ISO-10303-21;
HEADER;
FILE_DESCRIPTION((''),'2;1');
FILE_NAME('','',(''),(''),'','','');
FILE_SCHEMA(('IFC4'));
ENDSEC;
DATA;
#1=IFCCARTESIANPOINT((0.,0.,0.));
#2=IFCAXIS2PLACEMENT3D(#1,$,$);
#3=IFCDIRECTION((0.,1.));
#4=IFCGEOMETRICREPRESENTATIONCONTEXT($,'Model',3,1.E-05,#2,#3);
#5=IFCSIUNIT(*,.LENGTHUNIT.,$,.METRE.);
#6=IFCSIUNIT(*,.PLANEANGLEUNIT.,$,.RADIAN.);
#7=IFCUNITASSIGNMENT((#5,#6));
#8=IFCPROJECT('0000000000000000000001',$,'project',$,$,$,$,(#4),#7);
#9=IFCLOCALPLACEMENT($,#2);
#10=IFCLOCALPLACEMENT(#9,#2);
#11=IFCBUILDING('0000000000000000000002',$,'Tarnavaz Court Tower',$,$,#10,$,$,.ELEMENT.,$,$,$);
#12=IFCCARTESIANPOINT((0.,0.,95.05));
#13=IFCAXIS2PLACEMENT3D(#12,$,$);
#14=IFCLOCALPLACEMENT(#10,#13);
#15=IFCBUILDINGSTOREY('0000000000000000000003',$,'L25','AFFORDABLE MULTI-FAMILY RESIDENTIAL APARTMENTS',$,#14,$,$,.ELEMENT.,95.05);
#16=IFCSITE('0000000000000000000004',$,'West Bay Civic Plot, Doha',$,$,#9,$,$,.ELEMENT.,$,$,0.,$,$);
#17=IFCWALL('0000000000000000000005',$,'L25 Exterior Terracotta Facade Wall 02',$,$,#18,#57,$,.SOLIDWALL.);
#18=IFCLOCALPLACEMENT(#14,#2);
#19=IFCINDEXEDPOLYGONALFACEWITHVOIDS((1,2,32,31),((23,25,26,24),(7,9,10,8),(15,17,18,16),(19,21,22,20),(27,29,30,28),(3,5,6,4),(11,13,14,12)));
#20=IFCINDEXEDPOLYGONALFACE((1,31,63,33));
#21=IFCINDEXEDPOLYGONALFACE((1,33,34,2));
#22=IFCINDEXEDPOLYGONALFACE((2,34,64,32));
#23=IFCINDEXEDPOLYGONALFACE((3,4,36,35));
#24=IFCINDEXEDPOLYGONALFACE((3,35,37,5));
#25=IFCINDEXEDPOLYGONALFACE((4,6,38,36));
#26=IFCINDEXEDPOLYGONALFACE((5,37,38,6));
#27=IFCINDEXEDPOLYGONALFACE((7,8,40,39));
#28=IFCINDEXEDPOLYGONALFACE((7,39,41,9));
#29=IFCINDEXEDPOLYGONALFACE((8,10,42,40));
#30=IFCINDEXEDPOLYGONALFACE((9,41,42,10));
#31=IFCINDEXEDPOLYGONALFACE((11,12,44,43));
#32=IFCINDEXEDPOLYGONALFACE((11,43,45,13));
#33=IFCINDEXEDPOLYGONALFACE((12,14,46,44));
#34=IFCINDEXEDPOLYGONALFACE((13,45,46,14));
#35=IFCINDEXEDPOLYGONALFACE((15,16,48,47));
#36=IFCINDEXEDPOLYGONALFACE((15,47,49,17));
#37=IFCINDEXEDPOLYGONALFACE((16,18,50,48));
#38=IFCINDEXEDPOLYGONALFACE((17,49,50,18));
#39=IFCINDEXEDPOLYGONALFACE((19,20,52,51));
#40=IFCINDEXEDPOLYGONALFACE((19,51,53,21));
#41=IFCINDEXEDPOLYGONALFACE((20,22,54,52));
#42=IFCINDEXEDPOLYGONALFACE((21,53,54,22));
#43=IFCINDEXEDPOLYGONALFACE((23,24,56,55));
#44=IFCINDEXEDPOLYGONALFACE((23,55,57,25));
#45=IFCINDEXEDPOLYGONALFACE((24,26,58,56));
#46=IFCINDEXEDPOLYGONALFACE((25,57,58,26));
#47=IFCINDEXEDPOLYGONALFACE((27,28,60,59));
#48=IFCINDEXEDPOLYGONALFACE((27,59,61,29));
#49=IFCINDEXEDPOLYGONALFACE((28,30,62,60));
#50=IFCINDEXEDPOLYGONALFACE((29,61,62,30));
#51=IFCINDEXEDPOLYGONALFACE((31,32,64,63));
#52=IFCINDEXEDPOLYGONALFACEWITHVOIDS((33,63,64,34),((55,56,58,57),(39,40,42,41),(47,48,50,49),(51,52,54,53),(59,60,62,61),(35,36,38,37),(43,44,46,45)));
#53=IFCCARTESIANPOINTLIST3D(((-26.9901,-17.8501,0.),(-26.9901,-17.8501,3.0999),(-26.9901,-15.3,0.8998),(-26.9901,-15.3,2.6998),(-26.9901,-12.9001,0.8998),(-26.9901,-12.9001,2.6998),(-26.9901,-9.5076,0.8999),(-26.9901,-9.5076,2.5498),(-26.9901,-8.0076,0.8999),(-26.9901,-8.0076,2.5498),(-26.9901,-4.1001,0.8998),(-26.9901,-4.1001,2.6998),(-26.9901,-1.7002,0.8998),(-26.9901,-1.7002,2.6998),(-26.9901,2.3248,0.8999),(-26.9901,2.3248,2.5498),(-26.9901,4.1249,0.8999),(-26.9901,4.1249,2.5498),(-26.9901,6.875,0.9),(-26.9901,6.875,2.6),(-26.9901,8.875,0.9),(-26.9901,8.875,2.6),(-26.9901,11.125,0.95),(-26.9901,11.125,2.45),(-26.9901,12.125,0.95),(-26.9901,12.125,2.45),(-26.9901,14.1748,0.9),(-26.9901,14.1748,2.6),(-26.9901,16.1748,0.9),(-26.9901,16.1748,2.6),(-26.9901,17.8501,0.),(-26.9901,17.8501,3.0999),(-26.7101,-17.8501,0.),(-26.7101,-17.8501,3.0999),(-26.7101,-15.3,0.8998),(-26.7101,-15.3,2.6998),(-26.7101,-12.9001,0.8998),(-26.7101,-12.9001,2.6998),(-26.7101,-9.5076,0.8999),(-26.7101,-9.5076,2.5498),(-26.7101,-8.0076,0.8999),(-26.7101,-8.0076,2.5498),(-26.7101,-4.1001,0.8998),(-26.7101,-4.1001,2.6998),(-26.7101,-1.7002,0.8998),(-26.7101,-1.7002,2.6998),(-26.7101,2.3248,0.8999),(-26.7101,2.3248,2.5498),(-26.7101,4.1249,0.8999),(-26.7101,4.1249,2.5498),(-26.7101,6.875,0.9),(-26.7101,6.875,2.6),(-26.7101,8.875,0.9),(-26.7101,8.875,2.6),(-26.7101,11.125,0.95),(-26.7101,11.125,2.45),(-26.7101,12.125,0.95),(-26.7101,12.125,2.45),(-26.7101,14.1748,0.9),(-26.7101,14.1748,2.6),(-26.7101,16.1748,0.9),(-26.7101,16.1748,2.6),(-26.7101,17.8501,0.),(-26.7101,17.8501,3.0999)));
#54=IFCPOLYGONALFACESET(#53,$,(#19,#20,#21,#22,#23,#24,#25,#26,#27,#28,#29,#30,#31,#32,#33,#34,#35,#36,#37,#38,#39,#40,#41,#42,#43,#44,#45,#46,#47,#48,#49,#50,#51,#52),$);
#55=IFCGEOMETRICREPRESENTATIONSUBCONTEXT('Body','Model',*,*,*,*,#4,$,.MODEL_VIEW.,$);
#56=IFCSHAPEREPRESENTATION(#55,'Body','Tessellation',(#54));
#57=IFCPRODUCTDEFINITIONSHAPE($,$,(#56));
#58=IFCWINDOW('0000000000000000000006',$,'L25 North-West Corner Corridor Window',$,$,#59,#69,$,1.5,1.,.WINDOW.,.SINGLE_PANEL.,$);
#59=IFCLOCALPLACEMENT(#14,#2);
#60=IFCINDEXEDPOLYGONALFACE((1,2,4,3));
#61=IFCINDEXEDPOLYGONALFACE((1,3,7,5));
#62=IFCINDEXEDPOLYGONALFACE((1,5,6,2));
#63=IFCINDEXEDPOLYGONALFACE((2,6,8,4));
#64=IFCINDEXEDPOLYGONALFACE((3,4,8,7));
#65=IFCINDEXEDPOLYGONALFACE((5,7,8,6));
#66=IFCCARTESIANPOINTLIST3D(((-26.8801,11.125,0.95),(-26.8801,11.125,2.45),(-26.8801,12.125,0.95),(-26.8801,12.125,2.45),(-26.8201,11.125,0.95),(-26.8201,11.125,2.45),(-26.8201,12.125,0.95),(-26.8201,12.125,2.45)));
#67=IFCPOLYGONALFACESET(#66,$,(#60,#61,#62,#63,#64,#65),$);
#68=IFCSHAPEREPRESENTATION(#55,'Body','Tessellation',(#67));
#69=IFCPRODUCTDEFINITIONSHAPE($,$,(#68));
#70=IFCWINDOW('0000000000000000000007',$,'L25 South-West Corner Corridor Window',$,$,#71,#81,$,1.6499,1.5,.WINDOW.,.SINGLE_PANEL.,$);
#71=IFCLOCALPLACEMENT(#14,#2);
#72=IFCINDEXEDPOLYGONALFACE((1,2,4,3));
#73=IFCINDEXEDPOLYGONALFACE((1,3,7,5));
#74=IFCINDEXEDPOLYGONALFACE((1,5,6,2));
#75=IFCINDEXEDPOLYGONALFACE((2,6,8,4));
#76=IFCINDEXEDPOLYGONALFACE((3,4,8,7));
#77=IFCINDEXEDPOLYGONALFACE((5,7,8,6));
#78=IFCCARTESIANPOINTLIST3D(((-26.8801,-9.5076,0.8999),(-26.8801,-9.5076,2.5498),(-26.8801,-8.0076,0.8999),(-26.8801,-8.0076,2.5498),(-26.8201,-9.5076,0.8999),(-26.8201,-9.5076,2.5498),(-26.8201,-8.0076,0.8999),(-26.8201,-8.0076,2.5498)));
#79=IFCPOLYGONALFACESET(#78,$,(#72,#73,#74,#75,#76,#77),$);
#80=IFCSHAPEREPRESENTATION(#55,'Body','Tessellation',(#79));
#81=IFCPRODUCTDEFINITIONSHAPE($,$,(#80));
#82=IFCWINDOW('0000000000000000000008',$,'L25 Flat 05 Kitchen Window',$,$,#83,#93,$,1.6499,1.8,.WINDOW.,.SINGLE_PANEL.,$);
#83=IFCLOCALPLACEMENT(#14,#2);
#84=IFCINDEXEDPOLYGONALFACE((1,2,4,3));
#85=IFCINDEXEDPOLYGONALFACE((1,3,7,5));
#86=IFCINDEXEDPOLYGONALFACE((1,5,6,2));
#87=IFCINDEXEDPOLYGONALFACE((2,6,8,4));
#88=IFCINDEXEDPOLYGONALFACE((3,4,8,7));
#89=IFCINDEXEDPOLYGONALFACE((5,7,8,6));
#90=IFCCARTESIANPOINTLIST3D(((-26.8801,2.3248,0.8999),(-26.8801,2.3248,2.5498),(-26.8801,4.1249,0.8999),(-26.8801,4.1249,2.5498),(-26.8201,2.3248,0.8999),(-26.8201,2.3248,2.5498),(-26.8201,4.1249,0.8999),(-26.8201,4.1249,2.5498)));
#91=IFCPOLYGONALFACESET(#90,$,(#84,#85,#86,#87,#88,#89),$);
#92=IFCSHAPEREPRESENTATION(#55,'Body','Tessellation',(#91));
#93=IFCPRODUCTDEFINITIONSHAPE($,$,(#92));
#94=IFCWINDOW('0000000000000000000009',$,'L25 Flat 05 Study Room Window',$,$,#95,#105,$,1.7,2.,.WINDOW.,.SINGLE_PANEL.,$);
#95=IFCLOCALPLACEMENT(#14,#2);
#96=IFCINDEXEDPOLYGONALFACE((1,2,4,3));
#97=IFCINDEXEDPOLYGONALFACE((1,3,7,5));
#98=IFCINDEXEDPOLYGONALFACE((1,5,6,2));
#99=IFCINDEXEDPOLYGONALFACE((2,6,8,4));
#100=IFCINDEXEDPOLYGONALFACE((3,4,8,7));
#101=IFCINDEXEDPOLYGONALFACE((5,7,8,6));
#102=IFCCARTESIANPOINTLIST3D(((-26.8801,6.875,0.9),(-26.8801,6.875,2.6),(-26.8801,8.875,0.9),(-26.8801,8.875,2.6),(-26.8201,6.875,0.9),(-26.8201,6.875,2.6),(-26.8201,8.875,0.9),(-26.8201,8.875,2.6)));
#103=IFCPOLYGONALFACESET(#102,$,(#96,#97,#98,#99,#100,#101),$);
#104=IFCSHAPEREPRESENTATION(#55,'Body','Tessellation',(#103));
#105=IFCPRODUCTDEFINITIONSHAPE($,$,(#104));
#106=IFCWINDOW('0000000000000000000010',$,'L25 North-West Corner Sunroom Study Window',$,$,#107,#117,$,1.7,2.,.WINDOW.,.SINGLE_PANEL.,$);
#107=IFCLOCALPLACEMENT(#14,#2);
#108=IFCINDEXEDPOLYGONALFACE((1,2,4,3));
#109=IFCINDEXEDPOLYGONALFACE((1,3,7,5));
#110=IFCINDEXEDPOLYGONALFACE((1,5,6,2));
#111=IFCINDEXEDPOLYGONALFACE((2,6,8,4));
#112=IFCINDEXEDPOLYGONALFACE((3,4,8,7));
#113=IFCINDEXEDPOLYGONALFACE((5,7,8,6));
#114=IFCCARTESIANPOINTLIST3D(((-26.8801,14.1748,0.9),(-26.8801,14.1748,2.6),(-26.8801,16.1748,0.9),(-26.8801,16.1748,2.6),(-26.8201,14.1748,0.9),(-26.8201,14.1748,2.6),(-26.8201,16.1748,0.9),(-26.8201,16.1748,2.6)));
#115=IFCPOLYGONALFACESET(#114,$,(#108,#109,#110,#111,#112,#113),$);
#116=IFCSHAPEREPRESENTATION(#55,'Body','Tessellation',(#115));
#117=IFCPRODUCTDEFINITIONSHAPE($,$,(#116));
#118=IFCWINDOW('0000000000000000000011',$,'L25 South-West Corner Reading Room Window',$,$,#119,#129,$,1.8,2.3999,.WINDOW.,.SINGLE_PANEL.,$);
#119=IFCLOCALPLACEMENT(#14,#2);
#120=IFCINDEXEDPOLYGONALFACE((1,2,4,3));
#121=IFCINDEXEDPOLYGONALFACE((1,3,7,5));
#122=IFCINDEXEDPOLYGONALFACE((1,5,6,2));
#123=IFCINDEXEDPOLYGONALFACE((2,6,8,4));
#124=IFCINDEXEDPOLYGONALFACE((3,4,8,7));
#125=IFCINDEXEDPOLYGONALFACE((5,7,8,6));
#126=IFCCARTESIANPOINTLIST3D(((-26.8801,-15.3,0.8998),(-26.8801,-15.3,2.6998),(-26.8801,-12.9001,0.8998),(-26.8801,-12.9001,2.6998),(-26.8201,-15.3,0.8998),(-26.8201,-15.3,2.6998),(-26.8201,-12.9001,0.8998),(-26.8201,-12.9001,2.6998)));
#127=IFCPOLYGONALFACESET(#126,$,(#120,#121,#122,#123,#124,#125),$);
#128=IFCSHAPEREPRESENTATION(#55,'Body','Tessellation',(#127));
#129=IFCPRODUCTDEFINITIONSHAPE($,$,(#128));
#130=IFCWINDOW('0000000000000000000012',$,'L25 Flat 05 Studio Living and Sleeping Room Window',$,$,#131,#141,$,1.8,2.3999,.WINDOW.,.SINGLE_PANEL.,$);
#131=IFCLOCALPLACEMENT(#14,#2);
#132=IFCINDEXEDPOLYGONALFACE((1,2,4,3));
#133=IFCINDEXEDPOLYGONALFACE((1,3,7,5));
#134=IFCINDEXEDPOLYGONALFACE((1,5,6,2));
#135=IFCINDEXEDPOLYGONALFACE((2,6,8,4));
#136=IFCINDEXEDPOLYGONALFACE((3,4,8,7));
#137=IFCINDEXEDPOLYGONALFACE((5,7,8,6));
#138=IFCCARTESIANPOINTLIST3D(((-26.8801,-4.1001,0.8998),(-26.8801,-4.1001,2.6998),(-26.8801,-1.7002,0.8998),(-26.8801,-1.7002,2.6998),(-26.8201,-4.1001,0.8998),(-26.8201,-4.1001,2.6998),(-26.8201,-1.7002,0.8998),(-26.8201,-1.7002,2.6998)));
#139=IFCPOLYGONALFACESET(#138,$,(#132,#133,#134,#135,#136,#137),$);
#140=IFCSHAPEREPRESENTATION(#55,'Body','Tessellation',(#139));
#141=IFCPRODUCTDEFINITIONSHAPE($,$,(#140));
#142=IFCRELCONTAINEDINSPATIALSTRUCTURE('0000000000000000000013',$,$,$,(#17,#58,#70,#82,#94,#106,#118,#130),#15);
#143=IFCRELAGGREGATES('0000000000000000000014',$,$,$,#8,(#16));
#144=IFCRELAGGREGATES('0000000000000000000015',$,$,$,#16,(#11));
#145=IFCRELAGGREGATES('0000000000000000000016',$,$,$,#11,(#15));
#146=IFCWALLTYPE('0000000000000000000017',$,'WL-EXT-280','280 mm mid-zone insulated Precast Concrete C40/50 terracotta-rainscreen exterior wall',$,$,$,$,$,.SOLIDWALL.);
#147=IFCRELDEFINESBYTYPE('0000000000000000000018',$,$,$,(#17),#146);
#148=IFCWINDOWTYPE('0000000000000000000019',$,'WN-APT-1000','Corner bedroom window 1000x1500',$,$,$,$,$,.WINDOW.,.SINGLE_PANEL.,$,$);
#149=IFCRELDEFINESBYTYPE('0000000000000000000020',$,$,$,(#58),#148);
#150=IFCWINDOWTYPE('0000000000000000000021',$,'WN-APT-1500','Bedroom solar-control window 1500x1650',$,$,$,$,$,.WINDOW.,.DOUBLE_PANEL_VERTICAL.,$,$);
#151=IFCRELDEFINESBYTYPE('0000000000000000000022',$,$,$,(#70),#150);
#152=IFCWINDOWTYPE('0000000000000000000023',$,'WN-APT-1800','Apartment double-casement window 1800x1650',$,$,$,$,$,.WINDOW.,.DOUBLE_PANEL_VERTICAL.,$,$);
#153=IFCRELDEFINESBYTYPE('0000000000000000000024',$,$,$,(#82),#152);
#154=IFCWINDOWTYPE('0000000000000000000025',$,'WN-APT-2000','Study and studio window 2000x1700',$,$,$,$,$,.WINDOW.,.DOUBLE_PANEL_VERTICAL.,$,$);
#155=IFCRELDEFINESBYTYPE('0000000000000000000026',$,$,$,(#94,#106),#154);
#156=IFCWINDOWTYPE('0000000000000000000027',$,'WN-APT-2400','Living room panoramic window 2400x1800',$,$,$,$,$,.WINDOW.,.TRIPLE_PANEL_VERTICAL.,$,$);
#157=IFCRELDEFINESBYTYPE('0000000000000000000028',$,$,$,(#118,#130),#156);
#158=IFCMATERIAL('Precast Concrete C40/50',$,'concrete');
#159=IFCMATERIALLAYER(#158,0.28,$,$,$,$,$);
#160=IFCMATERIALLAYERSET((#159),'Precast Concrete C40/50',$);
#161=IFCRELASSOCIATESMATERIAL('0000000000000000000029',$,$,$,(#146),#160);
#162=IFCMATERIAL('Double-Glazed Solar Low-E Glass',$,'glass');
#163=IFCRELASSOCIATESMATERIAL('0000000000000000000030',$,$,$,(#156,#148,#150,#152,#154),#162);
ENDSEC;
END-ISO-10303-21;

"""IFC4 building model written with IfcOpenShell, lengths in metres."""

from ifc_helpers import new_model, si_unit, direction, frame, frame_2d, origin, place, context, subcontext, project, spatial, rectangle, extrude, material, layer, layer_set, type_object, element, fill, save


model = new_model("IFC4")

# Units and contexts
model_context = context("Model", 3, precision=1e-05, world=origin(), true_north=direction((0.0, 1.0)))
body_context = subcontext(model_context, "Body", "Model", "MODEL_VIEW")
ifc_project = project(units=[si_unit("LENGTHUNIT", "METRE"), si_unit("PLANEANGLEUNIT", "RADIAN")], contexts=[model_context])

# Site, building, storey
site_placement = place(None, origin())
site = spatial("IfcSite", under=ifc_project, at=site_placement, Name="West Bay Civic Plot, Doha", CompositionType="ELEMENT", RefElevation=0.0)
building_placement = place(site_placement, origin())
building = spatial("IfcBuilding", under=site, at=building_placement, Name="Tarnavaz Court Tower", CompositionType="ELEMENT")
storey_placement = place(building_placement, frame((0.0, 0.0, 95.05)))
storey = spatial("IfcBuildingStorey", under=building, at=storey_placement, Name="L25", Description="AFFORDABLE MULTI-FAMILY RESIDENTIAL APARTMENTS", CompositionType="ELEMENT", Elevation=95.05)

# Shared definitions
ifc_material_1 = material(Name="Precast Concrete C40/50", Category="concrete")
ifc_layer_1 = layer(ifc_material_1, 0.28)
ifc_layer_set_1 = layer_set([ifc_layer_1], Name="Precast Concrete C40/50")
wall_type_1 = type_object("IfcWallType", Name="WL-EXT-280", Description="280 mm mid-zone insulated Precast Concrete C40/50 terracotta-rainscreen exterior wall", PredefinedType="SOLIDWALL", material=ifc_layer_set_1)
ifc_material_2 = material(Name="Double-Glazed Solar Low-E Glass", Category="glass")
window_type_1 = type_object("IfcWindowType", Name="WN-APT-2400", Description="Living room panoramic window 2400x1800", PartitioningType="TRIPLE_PANEL_VERTICAL", PredefinedType="WINDOW", material=ifc_material_2)

# Wall, openings, windows
wall_1_placement = place(storey_placement, frame((-26.8501, -17.8501, 0.0), z_axis=(0.0, 0.0, 1.0), x_axis=(0.0, 1.0, 0.0)))
wall_1 = element("IfcWall", 1, at=wall_1_placement, inside=storey, type_object=wall_type_1, Name="L25 Exterior Terracotta Facade Wall 02", PredefinedType="SOLIDWALL", context=body_context, shape_type="SweptSolid", body=[
    extrude(rectangle(XDim=35.7002, YDim=0.28, at=frame_2d((17.8501, 0.0))), origin(), (0.0, 0.0, 1.0), 3.0999),
])
opening_1_placement = place(wall_1_placement, frame((2.55, 0.0, 0.8999)))
opening_1 = element("IfcOpeningElement", 2, at=opening_1_placement, cuts=wall_1, PredefinedType="OPENING", context=body_context, shape_type="SweptSolid", body=[
    extrude(rectangle(XDim=2.3999, YDim=1.8, at=frame_2d((1.2, 0.8999))), frame((0.0, 0.1499, 0.0), z_axis=(0.0, -1.0, 0.0), x_axis=(1.0, 0.0, 0.0)), (0.0, 0.0, 1.0), 0.3),
])
opening_2_placement = place(wall_1_placement, frame((8.3425, 0.0, 0.8999)))
opening_2 = element("IfcOpeningElement", 3, at=opening_2_placement, cuts=wall_1, PredefinedType="OPENING", context=body_context, shape_type="SweptSolid", body=[
    extrude(rectangle(XDim=1.5, YDim=1.6499, at=frame_2d((0.75, 0.825))), frame((0.0, 0.1499, 0.0), z_axis=(0.0, -1.0, 0.0), x_axis=(1.0, 0.0, 0.0)), (0.0, 0.0, 1.0), 0.3),
])
opening_3_placement = place(wall_1_placement, frame((13.75, 0.0, 0.8999)))
opening_3 = element("IfcOpeningElement", 4, at=opening_3_placement, cuts=wall_1, PredefinedType="OPENING", context=body_context, shape_type="SweptSolid", body=[
    extrude(rectangle(XDim=2.3999, YDim=1.8, at=frame_2d((1.2, 0.8999))), frame((0.0, 0.1499, 0.0), z_axis=(0.0, -1.0, 0.0), x_axis=(1.0, 0.0, 0.0)), (0.0, 0.0, 1.0), 0.3),
])
opening_4_placement = place(wall_1_placement, frame((20.175, 0.0, 0.8999)))
opening_4 = element("IfcOpeningElement", 5, at=opening_4_placement, cuts=wall_1, PredefinedType="OPENING", context=body_context, shape_type="SweptSolid", body=[
    extrude(rectangle(XDim=1.8, YDim=1.6499, at=frame_2d((0.8999, 0.825))), frame((0.0, 0.1499, 0.0), z_axis=(0.0, -1.0, 0.0), x_axis=(1.0, 0.0, 0.0)), (0.0, 0.0, 1.0), 0.3),
])
opening_5_placement = place(wall_1_placement, frame((24.7251, 0.0, 0.8999)))
opening_5 = element("IfcOpeningElement", 6, at=opening_5_placement, cuts=wall_1, PredefinedType="OPENING", context=body_context, shape_type="SweptSolid", body=[
    extrude(rectangle(XDim=2.0, YDim=1.7, at=frame_2d((1.0, 0.8501))), frame((0.0, 0.1499, 0.0), z_axis=(0.0, -1.0, 0.0), x_axis=(1.0, 0.0, 0.0)), (0.0, 0.0, 1.0), 0.3),
])
opening_6_placement = place(wall_1_placement, frame((28.9751, 0.0, 0.95)))
opening_6 = element("IfcOpeningElement", 7, at=opening_6_placement, cuts=wall_1, PredefinedType="OPENING", context=body_context, shape_type="SweptSolid", body=[
    extrude(rectangle(XDim=1.0, YDim=1.5, at=frame_2d((0.5, 0.75))), frame((0.0, 0.1499, 0.0), z_axis=(0.0, -1.0, 0.0), x_axis=(1.0, 0.0, 0.0)), (0.0, 0.0, 1.0), 0.3),
])
opening_7_placement = place(wall_1_placement, frame((32.0249, 0.0, 0.8999)))
opening_7 = element("IfcOpeningElement", 8, at=opening_7_placement, cuts=wall_1, PredefinedType="OPENING", context=body_context, shape_type="SweptSolid", body=[
    extrude(rectangle(XDim=2.0, YDim=1.7, at=frame_2d((1.0, 0.8501))), frame((0.0, 0.1499, 0.0), z_axis=(0.0, -1.0, 0.0), x_axis=(1.0, 0.0, 0.0)), (0.0, 0.0, 1.0), 0.3),
])
window_type_2 = type_object("IfcWindowType", Name="WN-APT-1000", Description="Corner bedroom window 1000x1500", PartitioningType="SINGLE_PANEL", PredefinedType="WINDOW", material=ifc_material_2)
window_1_placement = place(opening_6_placement, origin())
window_1 = element("IfcWindow", 9, at=window_1_placement, inside=storey, type_object=window_type_2, Name="L25 North-West Corner Corridor Window", OverallHeight=1.5, OverallWidth=1.0, PartitioningType="SINGLE_PANEL", PredefinedType="WINDOW", context=body_context, shape_type="SweptSolid", body=[
    extrude(rectangle(XDim=1.0, YDim=1.5, at=frame_2d((0.5, 0.75))), frame((0.0, 0.03, 0.0), z_axis=(0.0, -1.0, 0.0), x_axis=(1.0, 0.0, 0.0)), (0.0, 0.0, 1.0), 0.0601),
])
fill(opening_6, window_1)
window_type_3 = type_object("IfcWindowType", Name="WN-APT-1500", Description="Bedroom solar-control window 1500x1650", PartitioningType="DOUBLE_PANEL_VERTICAL", PredefinedType="WINDOW", material=ifc_material_2)
window_2_placement = place(opening_2_placement, origin())
window_2 = element("IfcWindow", 10, at=window_2_placement, inside=storey, type_object=window_type_3, Name="L25 South-West Corner Corridor Window", OverallHeight=1.6499, OverallWidth=1.5, PartitioningType="SINGLE_PANEL", PredefinedType="WINDOW", context=body_context, shape_type="SweptSolid", body=[
    extrude(rectangle(XDim=1.5, YDim=1.6499, at=frame_2d((0.75, 0.825))), frame((0.0, 0.03, 0.0), z_axis=(0.0, -1.0, 0.0), x_axis=(1.0, 0.0, 0.0)), (0.0, 0.0, 1.0), 0.0601),
])
fill(opening_2, window_2)
window_type_4 = type_object("IfcWindowType", Name="WN-APT-1800", Description="Apartment double-casement window 1800x1650", PartitioningType="DOUBLE_PANEL_VERTICAL", PredefinedType="WINDOW", material=ifc_material_2)
window_3_placement = place(opening_4_placement, origin())
window_3 = element("IfcWindow", 11, at=window_3_placement, inside=storey, type_object=window_type_4, Name="L25 Flat 05 Kitchen Window", OverallHeight=1.6499, OverallWidth=1.8, PartitioningType="SINGLE_PANEL", PredefinedType="WINDOW", context=body_context, shape_type="SweptSolid", body=[
    extrude(rectangle(XDim=1.8, YDim=1.6499, at=frame_2d((0.8999, 0.825))), frame((0.0, 0.03, 0.0), z_axis=(0.0, -1.0, 0.0), x_axis=(1.0, 0.0, 0.0)), (0.0, 0.0, 1.0), 0.0601),
])
fill(opening_4, window_3)
window_type_5 = type_object("IfcWindowType", Name="WN-APT-2000", Description="Study and studio window 2000x1700", PartitioningType="DOUBLE_PANEL_VERTICAL", PredefinedType="WINDOW", material=ifc_material_2)
window_4_placement = place(opening_5_placement, origin())
window_4 = element("IfcWindow", 12, at=window_4_placement, inside=storey, type_object=window_type_5, Name="L25 Flat 05 Study Room Window", OverallHeight=1.7, OverallWidth=2.0, PartitioningType="SINGLE_PANEL", PredefinedType="WINDOW", context=body_context, shape_type="SweptSolid", body=[
    extrude(rectangle(XDim=2.0, YDim=1.7, at=frame_2d((1.0, 0.8501))), frame((0.0, 0.03, 0.0), z_axis=(0.0, -1.0, 0.0), x_axis=(1.0, 0.0, 0.0)), (0.0, 0.0, 1.0), 0.0601),
])
fill(opening_5, window_4)
window_5_placement = place(opening_7_placement, origin())
window_5 = element("IfcWindow", 13, at=window_5_placement, inside=storey, type_object=window_type_5, Name="L25 North-West Corner Sunroom Study Window", OverallHeight=1.7, OverallWidth=2.0, PartitioningType="SINGLE_PANEL", PredefinedType="WINDOW", context=body_context, shape_type="SweptSolid", body=[
    extrude(rectangle(XDim=2.0, YDim=1.7, at=frame_2d((1.0, 0.8501))), frame((0.0, 0.03, 0.0), z_axis=(0.0, -1.0, 0.0), x_axis=(1.0, 0.0, 0.0)), (0.0, 0.0, 1.0), 0.0601),
])
fill(opening_7, window_5)
window_6_placement = place(opening_1_placement, origin())
window_6 = element("IfcWindow", 14, at=window_6_placement, inside=storey, type_object=window_type_1, Name="L25 South-West Corner Reading Room Window", OverallHeight=1.8, OverallWidth=2.3999, PartitioningType="SINGLE_PANEL", PredefinedType="WINDOW", context=body_context, shape_type="SweptSolid", body=[
    extrude(rectangle(XDim=2.3999, YDim=1.8, at=frame_2d((1.2, 0.8999))), frame((0.0, 0.03, 0.0), z_axis=(0.0, -1.0, 0.0), x_axis=(1.0, 0.0, 0.0)), (0.0, 0.0, 1.0), 0.0601),
])
fill(opening_1, window_6)
window_7_placement = place(opening_3_placement, origin())
window_7 = element("IfcWindow", 15, at=window_7_placement, inside=storey, type_object=window_type_1, Name="L25 Flat 05 Studio Living and Sleeping Room Window", OverallHeight=1.8, OverallWidth=2.3999, PartitioningType="SINGLE_PANEL", PredefinedType="WINDOW", context=body_context, shape_type="SweptSolid", body=[
    extrude(rectangle(XDim=2.3999, YDim=1.8, at=frame_2d((1.2, 0.8999))), frame((0.0, 0.03, 0.0), z_axis=(0.0, -1.0, 0.0), x_axis=(1.0, 0.0, 0.0)), (0.0, 0.0, 1.0), 0.0601),
])
fill(opening_3, window_7)

save(model, "model.ifc")
